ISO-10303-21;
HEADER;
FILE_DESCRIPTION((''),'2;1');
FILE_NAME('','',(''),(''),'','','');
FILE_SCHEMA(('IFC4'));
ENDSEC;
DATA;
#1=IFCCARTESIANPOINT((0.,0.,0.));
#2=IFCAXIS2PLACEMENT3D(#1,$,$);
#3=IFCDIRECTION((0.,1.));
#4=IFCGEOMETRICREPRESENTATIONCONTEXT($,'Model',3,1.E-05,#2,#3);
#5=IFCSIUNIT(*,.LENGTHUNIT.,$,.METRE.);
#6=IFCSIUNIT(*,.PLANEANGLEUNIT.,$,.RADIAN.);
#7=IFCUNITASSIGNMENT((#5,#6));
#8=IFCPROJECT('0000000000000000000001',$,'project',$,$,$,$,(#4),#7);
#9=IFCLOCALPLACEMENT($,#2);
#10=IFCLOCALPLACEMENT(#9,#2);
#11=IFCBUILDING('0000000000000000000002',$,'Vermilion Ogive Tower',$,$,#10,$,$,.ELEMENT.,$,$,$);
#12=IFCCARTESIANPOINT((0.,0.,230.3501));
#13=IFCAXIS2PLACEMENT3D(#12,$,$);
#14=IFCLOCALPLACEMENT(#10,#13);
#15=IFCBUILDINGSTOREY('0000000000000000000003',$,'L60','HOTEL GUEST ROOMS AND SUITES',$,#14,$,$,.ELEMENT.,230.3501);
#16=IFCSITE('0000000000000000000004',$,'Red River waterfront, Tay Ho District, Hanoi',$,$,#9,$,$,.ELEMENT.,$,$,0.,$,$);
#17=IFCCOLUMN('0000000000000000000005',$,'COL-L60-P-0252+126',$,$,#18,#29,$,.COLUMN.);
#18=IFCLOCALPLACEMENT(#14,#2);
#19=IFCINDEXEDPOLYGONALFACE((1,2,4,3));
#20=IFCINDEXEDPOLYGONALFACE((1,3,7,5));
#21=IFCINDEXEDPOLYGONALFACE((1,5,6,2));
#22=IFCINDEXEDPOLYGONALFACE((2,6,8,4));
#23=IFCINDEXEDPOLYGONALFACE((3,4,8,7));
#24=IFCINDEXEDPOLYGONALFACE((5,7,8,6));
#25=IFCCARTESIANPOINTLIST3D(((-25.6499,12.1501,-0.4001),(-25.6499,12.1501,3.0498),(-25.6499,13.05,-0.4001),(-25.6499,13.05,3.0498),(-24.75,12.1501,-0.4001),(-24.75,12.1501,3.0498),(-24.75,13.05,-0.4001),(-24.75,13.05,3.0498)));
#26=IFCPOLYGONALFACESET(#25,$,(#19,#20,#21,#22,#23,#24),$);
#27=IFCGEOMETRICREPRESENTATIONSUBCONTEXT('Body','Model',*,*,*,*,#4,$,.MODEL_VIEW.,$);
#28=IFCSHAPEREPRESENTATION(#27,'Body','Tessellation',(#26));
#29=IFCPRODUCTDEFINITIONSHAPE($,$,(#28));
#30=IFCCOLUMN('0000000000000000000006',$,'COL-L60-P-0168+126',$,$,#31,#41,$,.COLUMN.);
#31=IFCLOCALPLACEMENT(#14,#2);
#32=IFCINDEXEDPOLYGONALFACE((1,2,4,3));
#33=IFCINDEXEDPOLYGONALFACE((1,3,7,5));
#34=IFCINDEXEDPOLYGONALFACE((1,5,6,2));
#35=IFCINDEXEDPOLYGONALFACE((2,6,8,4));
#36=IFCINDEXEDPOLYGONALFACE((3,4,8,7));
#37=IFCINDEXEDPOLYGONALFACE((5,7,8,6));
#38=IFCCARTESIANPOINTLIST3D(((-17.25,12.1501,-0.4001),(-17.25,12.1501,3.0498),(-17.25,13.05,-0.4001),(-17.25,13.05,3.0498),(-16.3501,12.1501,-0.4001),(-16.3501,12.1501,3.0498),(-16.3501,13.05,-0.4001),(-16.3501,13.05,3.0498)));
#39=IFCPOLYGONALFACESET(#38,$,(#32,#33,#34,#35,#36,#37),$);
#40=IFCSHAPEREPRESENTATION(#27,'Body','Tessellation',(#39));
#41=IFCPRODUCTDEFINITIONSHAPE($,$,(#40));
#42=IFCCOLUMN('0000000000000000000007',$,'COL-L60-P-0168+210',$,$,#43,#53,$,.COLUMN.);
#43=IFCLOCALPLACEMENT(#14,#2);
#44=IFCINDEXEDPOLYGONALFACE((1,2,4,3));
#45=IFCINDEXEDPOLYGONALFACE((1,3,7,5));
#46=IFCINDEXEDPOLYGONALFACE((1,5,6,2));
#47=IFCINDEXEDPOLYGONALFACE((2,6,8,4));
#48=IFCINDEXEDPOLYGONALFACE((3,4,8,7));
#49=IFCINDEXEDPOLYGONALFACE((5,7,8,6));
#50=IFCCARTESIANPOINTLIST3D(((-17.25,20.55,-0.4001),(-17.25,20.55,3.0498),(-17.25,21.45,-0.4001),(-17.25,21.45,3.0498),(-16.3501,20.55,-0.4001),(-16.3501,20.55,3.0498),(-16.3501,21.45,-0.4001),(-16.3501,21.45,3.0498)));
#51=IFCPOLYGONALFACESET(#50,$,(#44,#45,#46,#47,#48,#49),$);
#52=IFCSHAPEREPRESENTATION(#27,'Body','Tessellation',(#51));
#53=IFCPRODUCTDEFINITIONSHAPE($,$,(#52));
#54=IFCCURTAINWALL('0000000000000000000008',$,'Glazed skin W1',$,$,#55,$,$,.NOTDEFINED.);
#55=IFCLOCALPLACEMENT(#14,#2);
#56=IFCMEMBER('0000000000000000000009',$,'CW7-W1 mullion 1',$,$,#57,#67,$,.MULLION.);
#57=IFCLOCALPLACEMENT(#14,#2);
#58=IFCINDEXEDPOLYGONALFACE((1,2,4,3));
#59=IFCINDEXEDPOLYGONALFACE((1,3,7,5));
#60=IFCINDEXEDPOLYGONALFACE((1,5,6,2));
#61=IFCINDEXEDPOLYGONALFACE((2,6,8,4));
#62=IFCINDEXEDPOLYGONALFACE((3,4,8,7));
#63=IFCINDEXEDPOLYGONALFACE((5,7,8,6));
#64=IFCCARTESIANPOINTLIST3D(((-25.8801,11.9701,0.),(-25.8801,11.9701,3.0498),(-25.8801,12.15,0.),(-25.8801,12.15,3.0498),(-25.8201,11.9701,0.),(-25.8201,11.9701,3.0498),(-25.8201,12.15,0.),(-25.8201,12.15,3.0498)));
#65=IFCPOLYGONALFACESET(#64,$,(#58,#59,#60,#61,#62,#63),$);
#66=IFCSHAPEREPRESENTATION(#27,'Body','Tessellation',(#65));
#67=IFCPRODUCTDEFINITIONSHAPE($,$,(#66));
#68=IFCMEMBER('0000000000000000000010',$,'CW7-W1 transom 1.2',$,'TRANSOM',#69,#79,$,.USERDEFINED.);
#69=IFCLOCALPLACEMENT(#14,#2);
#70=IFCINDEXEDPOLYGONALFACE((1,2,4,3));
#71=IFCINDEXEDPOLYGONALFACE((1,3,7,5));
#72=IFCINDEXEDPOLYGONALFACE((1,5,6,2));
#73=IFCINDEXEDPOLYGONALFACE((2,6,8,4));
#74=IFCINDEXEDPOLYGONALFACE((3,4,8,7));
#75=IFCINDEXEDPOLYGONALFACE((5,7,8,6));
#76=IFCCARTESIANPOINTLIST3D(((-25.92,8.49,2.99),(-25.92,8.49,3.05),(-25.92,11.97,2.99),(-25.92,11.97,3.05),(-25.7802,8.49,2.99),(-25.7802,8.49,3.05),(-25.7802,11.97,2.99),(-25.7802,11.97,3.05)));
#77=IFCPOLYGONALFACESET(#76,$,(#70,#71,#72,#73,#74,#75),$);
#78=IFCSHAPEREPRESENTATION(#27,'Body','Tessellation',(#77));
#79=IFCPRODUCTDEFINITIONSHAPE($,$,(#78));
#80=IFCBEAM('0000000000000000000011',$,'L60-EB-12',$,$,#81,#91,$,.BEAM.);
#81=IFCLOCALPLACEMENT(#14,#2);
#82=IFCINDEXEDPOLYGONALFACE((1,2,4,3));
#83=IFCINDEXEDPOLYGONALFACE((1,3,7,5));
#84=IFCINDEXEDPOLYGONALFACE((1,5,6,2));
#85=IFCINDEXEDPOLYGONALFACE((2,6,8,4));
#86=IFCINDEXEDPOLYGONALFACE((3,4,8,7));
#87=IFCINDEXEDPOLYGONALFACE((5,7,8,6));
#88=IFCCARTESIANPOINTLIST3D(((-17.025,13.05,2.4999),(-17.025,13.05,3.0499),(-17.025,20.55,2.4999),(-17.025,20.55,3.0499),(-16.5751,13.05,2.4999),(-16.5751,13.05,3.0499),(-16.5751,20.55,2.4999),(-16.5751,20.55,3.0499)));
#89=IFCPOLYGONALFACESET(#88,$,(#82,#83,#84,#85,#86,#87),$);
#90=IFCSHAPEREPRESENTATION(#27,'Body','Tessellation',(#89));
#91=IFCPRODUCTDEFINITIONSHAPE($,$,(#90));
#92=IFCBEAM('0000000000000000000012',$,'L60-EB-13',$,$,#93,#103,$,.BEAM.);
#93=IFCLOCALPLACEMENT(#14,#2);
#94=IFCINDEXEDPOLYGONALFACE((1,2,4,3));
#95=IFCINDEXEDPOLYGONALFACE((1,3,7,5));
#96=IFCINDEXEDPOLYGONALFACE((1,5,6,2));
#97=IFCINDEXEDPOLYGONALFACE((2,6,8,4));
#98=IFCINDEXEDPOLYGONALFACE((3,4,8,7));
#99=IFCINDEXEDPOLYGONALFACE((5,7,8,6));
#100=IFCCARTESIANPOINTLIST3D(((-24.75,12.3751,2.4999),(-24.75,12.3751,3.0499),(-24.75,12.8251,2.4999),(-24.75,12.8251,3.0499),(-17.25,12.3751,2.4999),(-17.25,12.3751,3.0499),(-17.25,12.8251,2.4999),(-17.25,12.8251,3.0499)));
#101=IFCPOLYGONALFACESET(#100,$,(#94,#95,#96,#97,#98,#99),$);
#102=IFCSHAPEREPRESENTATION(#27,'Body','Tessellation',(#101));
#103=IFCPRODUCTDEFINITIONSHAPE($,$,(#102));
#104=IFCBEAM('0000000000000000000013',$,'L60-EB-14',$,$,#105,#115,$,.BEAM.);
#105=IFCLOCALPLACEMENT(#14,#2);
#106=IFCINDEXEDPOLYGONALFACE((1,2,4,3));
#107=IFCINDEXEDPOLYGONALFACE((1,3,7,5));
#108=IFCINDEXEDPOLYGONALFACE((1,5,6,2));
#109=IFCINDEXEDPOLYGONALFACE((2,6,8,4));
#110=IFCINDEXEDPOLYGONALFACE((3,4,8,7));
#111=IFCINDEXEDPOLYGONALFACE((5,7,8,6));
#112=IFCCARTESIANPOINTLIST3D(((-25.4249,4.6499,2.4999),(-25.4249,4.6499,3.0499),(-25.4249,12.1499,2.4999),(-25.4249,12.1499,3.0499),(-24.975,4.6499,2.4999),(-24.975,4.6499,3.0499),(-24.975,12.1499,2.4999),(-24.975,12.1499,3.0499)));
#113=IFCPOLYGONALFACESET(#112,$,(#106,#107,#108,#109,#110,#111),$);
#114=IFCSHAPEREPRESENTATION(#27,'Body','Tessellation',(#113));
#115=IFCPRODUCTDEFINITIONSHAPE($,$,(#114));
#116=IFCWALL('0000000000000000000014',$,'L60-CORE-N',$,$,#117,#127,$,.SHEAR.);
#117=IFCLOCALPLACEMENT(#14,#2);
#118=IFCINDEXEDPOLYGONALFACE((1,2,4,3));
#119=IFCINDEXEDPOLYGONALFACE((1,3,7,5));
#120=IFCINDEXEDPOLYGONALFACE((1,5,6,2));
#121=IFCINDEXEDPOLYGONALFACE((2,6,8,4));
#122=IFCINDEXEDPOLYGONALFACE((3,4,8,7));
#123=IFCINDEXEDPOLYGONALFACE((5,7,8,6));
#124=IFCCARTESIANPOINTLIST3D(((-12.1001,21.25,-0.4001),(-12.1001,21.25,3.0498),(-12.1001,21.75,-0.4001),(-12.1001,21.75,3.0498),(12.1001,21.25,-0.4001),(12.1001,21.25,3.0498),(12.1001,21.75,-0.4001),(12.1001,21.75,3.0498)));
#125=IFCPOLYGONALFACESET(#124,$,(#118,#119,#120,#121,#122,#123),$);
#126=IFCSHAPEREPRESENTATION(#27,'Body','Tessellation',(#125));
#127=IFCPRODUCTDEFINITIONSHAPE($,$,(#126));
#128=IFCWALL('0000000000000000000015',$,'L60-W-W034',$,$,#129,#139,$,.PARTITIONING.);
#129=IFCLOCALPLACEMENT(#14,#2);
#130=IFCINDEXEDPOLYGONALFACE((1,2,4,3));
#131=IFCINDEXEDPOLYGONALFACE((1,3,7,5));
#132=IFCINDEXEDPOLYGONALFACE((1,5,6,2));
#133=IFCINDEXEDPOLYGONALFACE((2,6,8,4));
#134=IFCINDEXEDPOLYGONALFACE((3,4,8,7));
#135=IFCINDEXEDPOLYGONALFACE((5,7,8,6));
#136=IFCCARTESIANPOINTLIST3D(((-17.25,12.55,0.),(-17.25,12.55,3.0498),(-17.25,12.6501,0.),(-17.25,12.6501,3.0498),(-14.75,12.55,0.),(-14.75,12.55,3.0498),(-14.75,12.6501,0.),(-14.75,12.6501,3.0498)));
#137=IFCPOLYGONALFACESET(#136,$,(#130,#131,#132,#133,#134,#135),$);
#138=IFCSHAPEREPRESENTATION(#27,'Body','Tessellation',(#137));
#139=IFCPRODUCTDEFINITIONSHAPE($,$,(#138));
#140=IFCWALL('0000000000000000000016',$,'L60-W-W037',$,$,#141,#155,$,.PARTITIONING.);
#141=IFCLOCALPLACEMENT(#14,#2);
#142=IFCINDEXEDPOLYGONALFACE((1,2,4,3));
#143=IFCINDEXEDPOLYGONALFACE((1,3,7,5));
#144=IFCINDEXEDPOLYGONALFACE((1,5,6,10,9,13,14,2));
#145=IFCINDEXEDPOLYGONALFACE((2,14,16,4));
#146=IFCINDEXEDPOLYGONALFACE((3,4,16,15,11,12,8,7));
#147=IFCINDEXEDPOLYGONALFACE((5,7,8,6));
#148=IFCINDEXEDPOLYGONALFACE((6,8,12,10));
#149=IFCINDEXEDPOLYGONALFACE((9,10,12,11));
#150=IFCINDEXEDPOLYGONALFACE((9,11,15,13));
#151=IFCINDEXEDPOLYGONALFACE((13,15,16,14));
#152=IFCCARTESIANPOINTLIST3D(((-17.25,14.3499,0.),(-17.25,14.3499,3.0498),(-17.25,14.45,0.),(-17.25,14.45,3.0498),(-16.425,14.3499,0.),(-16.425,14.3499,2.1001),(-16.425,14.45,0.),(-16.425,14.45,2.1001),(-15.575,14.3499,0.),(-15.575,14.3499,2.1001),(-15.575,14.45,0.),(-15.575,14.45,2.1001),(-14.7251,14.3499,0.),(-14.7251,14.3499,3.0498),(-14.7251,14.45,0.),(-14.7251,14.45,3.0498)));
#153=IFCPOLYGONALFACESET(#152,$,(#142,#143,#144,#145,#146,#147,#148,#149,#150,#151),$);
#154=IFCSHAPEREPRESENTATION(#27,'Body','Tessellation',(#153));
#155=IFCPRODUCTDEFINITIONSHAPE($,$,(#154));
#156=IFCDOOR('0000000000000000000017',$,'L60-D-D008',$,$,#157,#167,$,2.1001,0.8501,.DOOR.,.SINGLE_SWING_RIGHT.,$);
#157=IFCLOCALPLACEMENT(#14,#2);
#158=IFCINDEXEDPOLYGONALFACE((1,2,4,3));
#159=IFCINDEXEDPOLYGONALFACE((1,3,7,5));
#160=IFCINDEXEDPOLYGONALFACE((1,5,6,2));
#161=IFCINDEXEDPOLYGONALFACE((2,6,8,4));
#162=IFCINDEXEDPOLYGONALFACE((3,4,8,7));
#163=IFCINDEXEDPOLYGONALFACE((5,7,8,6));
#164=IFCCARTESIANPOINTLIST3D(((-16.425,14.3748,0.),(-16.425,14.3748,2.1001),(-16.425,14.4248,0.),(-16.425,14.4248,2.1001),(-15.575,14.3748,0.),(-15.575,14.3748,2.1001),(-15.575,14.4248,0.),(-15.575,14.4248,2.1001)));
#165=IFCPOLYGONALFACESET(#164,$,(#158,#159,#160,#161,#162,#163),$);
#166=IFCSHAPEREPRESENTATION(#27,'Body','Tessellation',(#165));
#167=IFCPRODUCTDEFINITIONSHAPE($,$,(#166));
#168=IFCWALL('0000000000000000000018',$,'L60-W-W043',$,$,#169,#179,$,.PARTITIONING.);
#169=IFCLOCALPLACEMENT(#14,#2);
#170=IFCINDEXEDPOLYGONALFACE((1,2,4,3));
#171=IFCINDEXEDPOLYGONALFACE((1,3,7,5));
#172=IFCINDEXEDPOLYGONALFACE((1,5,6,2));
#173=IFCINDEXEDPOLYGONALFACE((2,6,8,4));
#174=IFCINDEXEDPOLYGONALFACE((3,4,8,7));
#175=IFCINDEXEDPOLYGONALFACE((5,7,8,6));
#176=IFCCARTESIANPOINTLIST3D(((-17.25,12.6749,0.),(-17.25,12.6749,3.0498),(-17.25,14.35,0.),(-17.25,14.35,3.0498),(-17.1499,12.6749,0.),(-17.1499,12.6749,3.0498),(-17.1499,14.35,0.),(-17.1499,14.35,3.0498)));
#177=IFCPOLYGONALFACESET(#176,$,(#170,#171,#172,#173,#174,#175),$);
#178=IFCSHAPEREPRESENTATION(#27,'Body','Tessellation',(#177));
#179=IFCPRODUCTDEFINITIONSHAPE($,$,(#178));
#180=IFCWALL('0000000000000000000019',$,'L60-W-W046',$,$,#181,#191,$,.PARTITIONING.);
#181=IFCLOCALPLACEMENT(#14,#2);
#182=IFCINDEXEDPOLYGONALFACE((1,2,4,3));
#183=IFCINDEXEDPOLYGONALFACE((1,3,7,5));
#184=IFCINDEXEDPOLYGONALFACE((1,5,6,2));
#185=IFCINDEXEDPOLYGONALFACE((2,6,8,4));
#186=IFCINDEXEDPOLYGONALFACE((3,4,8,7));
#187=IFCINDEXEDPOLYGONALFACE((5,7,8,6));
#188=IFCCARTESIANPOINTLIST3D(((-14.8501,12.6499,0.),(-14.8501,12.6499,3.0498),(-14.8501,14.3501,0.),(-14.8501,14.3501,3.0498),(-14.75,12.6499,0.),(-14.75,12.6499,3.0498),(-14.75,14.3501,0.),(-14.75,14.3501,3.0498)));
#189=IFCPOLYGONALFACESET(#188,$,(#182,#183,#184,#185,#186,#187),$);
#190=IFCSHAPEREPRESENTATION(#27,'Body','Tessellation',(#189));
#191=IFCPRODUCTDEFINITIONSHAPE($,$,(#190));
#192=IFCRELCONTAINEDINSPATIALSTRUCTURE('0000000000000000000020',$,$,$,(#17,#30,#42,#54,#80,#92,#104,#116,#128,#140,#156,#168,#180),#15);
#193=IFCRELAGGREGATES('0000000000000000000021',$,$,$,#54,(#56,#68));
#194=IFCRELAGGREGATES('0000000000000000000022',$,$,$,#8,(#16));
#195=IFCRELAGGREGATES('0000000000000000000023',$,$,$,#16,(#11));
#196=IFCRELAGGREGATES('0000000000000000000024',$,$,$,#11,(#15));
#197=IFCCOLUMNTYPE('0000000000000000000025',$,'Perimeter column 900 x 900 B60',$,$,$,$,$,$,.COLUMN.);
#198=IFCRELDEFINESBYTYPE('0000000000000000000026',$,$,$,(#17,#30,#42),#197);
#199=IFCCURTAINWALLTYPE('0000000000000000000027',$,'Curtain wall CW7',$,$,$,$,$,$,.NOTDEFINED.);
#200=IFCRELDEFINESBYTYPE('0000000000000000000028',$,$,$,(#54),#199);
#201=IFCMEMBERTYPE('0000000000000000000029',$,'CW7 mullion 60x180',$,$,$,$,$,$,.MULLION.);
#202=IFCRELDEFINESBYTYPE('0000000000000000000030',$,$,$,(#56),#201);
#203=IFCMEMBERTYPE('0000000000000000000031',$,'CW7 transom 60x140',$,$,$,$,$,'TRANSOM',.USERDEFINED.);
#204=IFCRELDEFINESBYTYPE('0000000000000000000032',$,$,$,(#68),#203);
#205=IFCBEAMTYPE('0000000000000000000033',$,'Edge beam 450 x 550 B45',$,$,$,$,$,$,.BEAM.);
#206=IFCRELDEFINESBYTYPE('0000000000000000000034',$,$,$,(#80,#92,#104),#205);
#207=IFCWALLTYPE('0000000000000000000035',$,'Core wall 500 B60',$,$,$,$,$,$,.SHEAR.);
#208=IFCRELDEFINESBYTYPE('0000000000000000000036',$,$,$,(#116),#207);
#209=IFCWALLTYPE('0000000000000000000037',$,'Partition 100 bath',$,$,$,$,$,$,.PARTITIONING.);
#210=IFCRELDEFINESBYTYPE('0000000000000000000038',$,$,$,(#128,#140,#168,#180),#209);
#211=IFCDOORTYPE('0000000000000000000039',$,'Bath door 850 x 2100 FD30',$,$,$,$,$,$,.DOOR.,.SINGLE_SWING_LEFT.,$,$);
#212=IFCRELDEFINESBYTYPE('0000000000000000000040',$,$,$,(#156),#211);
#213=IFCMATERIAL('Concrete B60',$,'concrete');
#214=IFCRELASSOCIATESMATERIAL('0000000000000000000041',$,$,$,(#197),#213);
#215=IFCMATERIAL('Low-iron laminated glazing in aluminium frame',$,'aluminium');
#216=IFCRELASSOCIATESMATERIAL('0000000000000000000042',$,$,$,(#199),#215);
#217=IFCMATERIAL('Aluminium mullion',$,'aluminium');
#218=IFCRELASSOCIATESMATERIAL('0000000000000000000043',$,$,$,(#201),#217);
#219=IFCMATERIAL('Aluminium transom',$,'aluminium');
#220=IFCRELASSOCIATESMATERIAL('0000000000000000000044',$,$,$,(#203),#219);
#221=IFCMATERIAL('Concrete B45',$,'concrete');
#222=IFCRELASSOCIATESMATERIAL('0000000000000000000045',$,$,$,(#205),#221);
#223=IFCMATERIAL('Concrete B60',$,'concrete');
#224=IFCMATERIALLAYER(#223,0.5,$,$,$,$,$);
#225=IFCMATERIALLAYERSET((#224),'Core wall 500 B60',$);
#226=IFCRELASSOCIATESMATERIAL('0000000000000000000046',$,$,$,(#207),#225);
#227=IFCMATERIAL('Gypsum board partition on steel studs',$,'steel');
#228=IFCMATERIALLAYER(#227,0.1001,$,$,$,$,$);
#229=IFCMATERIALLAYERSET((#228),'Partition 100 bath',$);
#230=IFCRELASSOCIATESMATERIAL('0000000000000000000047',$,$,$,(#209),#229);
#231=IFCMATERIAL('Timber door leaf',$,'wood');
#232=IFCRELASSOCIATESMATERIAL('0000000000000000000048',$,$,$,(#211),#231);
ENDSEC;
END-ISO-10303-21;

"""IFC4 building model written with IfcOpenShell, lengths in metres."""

from ifc_helpers import new_model, si_unit, direction, frame, frame_2d, origin, origin_2d, place, context, subcontext, project, spatial, rectangle, extrude, material, layer, layer_set, material_profile, profile_set, type_object, element, fill, aggregate, save


model = new_model("IFC4")

# Units and contexts
model_context = context("Model", 3, precision=1e-05, world=origin(), true_north=direction((0.0, 1.0)))
body_context = subcontext(model_context, "Body", "Model", "MODEL_VIEW")
ifc_project = project(units=[si_unit("LENGTHUNIT", "METRE"), si_unit("PLANEANGLEUNIT", "RADIAN")], contexts=[model_context])

# Site, building, storey
site_placement = place(None, origin())
site = spatial("IfcSite", under=ifc_project, at=site_placement, Name="Red River waterfront, Tay Ho District, Hanoi", CompositionType="ELEMENT", RefElevation=0.0)
building_placement = place(site_placement, origin())
building = spatial("IfcBuilding", under=site, at=building_placement, Name="Vermilion Ogive Tower", CompositionType="ELEMENT")
storey_placement = place(building_placement, frame((0.0, 0.0, 230.3501)))
storey = spatial("IfcBuildingStorey", under=building, at=storey_placement, Name="L60", Description="HOTEL GUEST ROOMS AND SUITES", CompositionType="ELEMENT", Elevation=230.3501)

# Columns
ifc_material_1 = material(Name="Concrete B60", Category="concrete")
ifc_material_profile_1 = material_profile(ifc_material_1, rectangle(XDim=0.8999, YDim=0.8999, at=origin_2d()), Name="900 x 900")
ifc_profile_set_1 = profile_set([ifc_material_profile_1], Name="Concrete B60")
column_type = type_object("IfcColumnType", Name="Perimeter column 900 x 900 B60", PredefinedType="COLUMN", material=ifc_profile_set_1)
for number, where, z_axis, x_axis, name in (
    (1, (-25.2, 12.6001, -0.4001), (0.0, 0.0, 1.0), (1.0, 0.0, 0.0), "COL-L60-P-0252+126"),
    (2, (-16.8, 12.6001, -0.4001), (0.0, 0.0, 1.0), (1.0, 0.0, 0.0), "COL-L60-P-0168+126"),
    (3, (-16.8, 21.0, -0.4001), (0.0, 0.0, 1.0), (1.0, 0.0, 0.0), "COL-L60-P-0168+210"),
):
    element("IfcColumn", number, at=place(storey_placement, frame(where, z_axis=z_axis, x_axis=x_axis)), inside=storey, type_object=column_type, Name=name, PredefinedType="COLUMN", context=body_context, shape_type="SweptSolid", body=[
        extrude(rectangle(XDim=0.8999, YDim=0.8999, at=origin_2d()), origin(), (0.0, 0.0, 1.0), 3.45),
    ])

# Curtain wall, members
ifc_material_2 = material(Name="Low-iron laminated glazing in aluminium frame", Category="aluminium")
curtain_wall_type = type_object("IfcCurtainWallType", Name="Curtain wall CW7", PredefinedType="NOTDEFINED", material=ifc_material_2)
curtain_wall_placement = place(storey_placement, origin())
curtain_wall = element("IfcCurtainWall", 4, at=curtain_wall_placement, inside=storey, type_object=curtain_wall_type, Name="Glazed skin W1", PredefinedType="NOTDEFINED")
ifc_material_3 = material(Name="Aluminium mullion", Category="aluminium")
ifc_material_profile_2 = material_profile(ifc_material_3, rectangle(XDim=0.0601, YDim=0.1799, at=origin_2d()), Name="AL 60x180")
ifc_profile_set_2 = profile_set([ifc_material_profile_2], Name="Aluminium mullion")
member_type_1 = type_object("IfcMemberType", Name="CW7 mullion 60x180", PredefinedType="MULLION", material=ifc_profile_set_2)
member_1_placement = place(storey_placement, frame((-25.8501, 12.0601, 0.0), z_axis=(0.0, 0.0, 1.0), x_axis=(1.0, 0.0, 0.0)))
member_1 = element("IfcMember", 5, at=member_1_placement, type_object=member_type_1, Name="CW7-W1 mullion 1", PredefinedType="MULLION", context=body_context, shape_type="SweptSolid", body=[
    extrude(rectangle(XDim=0.0601, YDim=0.1799, at=origin_2d()), origin(), (0.0, 0.0, 1.0), 3.0498),
])
ifc_material_4 = material(Name="Aluminium transom", Category="aluminium")
ifc_material_profile_3 = material_profile(ifc_material_4, rectangle(XDim=0.1399, YDim=0.0601, at=origin_2d()), Name="AL 60x140")
ifc_profile_set_3 = profile_set([ifc_material_profile_3], Name="Aluminium transom")
member_type_2 = type_object("IfcMemberType", Name="CW7 transom 60x140", ElementType="TRANSOM", PredefinedType="USERDEFINED", material=ifc_profile_set_3)
member_2_placement = place(storey_placement, frame((-25.8501, 11.97, 3.02), z_axis=(0.0, -1.0, 0.0), x_axis=(1.0, 0.0, 0.0)))
member_2 = element("IfcMember", 6, at=member_2_placement, type_object=member_type_2, Name="CW7-W1 transom 1.2", ObjectType="TRANSOM", PredefinedType="USERDEFINED", context=body_context, shape_type="SweptSolid", body=[
    extrude(rectangle(XDim=0.1399, YDim=0.0601, at=origin_2d()), origin(), (0.0, 0.0, 1.0), 3.48),
])
aggregate(curtain_wall, [member_1, member_2])

# Beams
ifc_material_5 = material(Name="Concrete B45", Category="concrete")
ifc_material_profile_4 = material_profile(ifc_material_5, rectangle(XDim=0.45, YDim=0.55, at=origin_2d()), Name="450 x 550")
ifc_profile_set_4 = profile_set([ifc_material_profile_4], Name="Concrete B45")
beam_type = type_object("IfcBeamType", Name="Edge beam 450 x 550 B45", PredefinedType="BEAM", material=ifc_profile_set_4)
for number, where, z_axis, x_axis, name in (
    (7, (-16.8, 20.55, 2.7749), (0.0, -1.0, 0.0), (1.0, 0.0, 0.0), "L60-EB-12"),
    (8, (-17.25, 12.6001, 2.7749), (-1.0, 0.0, 0.0), (0.0, -1.0, 0.0), "L60-EB-13"),
    (9, (-25.2, 12.1499, 2.7749), (0.0, -1.0, 0.0), (1.0, 0.0, 0.0), "L60-EB-14"),
):
    element("IfcBeam", number, at=place(storey_placement, frame(where, z_axis=z_axis, x_axis=x_axis)), inside=storey, type_object=beam_type, Name=name, PredefinedType="BEAM", context=body_context, shape_type="SweptSolid", body=[
        extrude(rectangle(XDim=0.45, YDim=0.55, at=origin_2d()), origin(), (0.0, 0.0, 1.0), 7.5),
    ])

# Walls
ifc_material_6 = material(Name="Concrete B60", Category="concrete")
ifc_layer_1 = layer(ifc_material_6, 0.5)
ifc_layer_set_1 = layer_set([ifc_layer_1], Name="Core wall 500 B60")
wall_type_1 = type_object("IfcWallType", Name="Core wall 500 B60", PredefinedType="SHEAR", material=ifc_layer_set_1)
wall_1_placement = place(storey_placement, frame((-12.1001, 21.5, -0.4001), z_axis=(0.0, 0.0, 1.0), x_axis=(1.0, 0.0, 0.0)))
element("IfcWall", 10, at=wall_1_placement, inside=storey, type_object=wall_type_1, Name="L60-CORE-N", PredefinedType="SHEAR", context=body_context, shape_type="SweptSolid", body=[
    extrude(rectangle(XDim=24.2002, YDim=0.5, at=frame_2d((12.1001, 0.0))), origin(), (0.0, 0.0, 1.0), 3.45),
])
ifc_material_7 = material(Name="Gypsum board partition on steel studs", Category="steel")
ifc_layer_2 = layer(ifc_material_7, 0.1001)
ifc_layer_set_2 = layer_set([ifc_layer_2], Name="Partition 100 bath")
wall_type_2 = type_object("IfcWallType", Name="Partition 100 bath", PredefinedType="PARTITIONING", material=ifc_layer_set_2)
wall_2_placement = place(storey_placement, frame((-17.25, 12.6001, 0.0), z_axis=(0.0, 0.0, 1.0), x_axis=(1.0, 0.0, 0.0)))
element("IfcWall", 11, at=wall_2_placement, inside=storey, type_object=wall_type_2, Name="L60-W-W034", PredefinedType="PARTITIONING", context=body_context, shape_type="SweptSolid", body=[
    extrude(rectangle(XDim=2.5, YDim=0.1001, at=frame_2d((1.25, 0.0))), origin(), (0.0, 0.0, 1.0), 3.0498),
])

# Wall, opening, door
wall_3_placement = place(storey_placement, frame((-17.25, 14.3999, 0.0), z_axis=(0.0, 0.0, 1.0), x_axis=(1.0, 0.0, 0.0)))
wall_3 = element("IfcWall", 12, at=wall_3_placement, inside=storey, type_object=wall_type_2, Name="L60-W-W037", PredefinedType="PARTITIONING", context=body_context, shape_type="SweptSolid", body=[
    extrude(rectangle(XDim=2.5249, YDim=0.1001, at=frame_2d((1.2625, 0.0))), origin(), (0.0, 0.0, 1.0), 3.0498),
])
opening_1_placement = place(wall_3_placement, frame((0.825, 0.0, 0.0)))
opening_1 = element("IfcOpeningElement", 13, at=opening_1_placement, cuts=wall_3, PredefinedType="OPENING", context=body_context, shape_type="SweptSolid", body=[
    extrude(rectangle(XDim=0.8501, YDim=2.1001, at=frame_2d((0.425, 1.05))), frame((0.0, 0.0601, 0.0), z_axis=(0.0, -1.0, 0.0), x_axis=(1.0, 0.0, 0.0)), (0.0, 0.0, 1.0), 0.1201),
])
ifc_material_8 = material(Name="Timber door leaf", Category="wood")
door_type_1 = type_object("IfcDoorType", Name="Bath door 850 x 2100 FD30", OperationType="SINGLE_SWING_LEFT", PredefinedType="DOOR", material=ifc_material_8)
door_1_placement = place(opening_1_placement, origin())
door_1 = element("IfcDoor", 14, at=door_1_placement, inside=storey, type_object=door_type_1, Name="L60-D-D008", OperationType="SINGLE_SWING_RIGHT", OverallHeight=2.1001, OverallWidth=0.8501, PredefinedType="DOOR", context=body_context, shape_type="SweptSolid", body=[
    extrude(rectangle(XDim=0.8501, YDim=2.1001, at=frame_2d((0.425, 1.05))), frame((0.0, 0.0249, 0.0), z_axis=(0.0, -1.0, 0.0), x_axis=(1.0, 0.0, 0.0)), (0.0, 0.0, 1.0), 0.05),
])
fill(opening_1, door_1)

# Walls
wall_4_placement = place(storey_placement, frame((-17.2, 12.675, 0.0), z_axis=(0.0, 0.0, 1.0), x_axis=(0.0, 1.0, 0.0)))
element("IfcWall", 15, at=wall_4_placement, inside=storey, type_object=wall_type_2, Name="L60-W-W043", PredefinedType="PARTITIONING", context=body_context, shape_type="SweptSolid", body=[
    extrude(rectangle(XDim=1.675, YDim=0.1001, at=frame_2d((0.8374, 0.0))), origin(), (0.0, 0.0, 1.0), 3.0498),
])
wall_5_placement = place(storey_placement, frame((-14.8, 12.6499, 0.0), z_axis=(0.0, 0.0, 1.0), x_axis=(0.0, 1.0, 0.0)))
element("IfcWall", 16, at=wall_5_placement, inside=storey, type_object=wall_type_2, Name="L60-W-W046", PredefinedType="PARTITIONING", context=body_context, shape_type="SweptSolid", body=[
    extrude(rectangle(XDim=1.7002, YDim=0.1001, at=frame_2d((0.8501, 0.0))), origin(), (0.0, 0.0, 1.0), 3.0498),
])

save(model, "model.ifc")
